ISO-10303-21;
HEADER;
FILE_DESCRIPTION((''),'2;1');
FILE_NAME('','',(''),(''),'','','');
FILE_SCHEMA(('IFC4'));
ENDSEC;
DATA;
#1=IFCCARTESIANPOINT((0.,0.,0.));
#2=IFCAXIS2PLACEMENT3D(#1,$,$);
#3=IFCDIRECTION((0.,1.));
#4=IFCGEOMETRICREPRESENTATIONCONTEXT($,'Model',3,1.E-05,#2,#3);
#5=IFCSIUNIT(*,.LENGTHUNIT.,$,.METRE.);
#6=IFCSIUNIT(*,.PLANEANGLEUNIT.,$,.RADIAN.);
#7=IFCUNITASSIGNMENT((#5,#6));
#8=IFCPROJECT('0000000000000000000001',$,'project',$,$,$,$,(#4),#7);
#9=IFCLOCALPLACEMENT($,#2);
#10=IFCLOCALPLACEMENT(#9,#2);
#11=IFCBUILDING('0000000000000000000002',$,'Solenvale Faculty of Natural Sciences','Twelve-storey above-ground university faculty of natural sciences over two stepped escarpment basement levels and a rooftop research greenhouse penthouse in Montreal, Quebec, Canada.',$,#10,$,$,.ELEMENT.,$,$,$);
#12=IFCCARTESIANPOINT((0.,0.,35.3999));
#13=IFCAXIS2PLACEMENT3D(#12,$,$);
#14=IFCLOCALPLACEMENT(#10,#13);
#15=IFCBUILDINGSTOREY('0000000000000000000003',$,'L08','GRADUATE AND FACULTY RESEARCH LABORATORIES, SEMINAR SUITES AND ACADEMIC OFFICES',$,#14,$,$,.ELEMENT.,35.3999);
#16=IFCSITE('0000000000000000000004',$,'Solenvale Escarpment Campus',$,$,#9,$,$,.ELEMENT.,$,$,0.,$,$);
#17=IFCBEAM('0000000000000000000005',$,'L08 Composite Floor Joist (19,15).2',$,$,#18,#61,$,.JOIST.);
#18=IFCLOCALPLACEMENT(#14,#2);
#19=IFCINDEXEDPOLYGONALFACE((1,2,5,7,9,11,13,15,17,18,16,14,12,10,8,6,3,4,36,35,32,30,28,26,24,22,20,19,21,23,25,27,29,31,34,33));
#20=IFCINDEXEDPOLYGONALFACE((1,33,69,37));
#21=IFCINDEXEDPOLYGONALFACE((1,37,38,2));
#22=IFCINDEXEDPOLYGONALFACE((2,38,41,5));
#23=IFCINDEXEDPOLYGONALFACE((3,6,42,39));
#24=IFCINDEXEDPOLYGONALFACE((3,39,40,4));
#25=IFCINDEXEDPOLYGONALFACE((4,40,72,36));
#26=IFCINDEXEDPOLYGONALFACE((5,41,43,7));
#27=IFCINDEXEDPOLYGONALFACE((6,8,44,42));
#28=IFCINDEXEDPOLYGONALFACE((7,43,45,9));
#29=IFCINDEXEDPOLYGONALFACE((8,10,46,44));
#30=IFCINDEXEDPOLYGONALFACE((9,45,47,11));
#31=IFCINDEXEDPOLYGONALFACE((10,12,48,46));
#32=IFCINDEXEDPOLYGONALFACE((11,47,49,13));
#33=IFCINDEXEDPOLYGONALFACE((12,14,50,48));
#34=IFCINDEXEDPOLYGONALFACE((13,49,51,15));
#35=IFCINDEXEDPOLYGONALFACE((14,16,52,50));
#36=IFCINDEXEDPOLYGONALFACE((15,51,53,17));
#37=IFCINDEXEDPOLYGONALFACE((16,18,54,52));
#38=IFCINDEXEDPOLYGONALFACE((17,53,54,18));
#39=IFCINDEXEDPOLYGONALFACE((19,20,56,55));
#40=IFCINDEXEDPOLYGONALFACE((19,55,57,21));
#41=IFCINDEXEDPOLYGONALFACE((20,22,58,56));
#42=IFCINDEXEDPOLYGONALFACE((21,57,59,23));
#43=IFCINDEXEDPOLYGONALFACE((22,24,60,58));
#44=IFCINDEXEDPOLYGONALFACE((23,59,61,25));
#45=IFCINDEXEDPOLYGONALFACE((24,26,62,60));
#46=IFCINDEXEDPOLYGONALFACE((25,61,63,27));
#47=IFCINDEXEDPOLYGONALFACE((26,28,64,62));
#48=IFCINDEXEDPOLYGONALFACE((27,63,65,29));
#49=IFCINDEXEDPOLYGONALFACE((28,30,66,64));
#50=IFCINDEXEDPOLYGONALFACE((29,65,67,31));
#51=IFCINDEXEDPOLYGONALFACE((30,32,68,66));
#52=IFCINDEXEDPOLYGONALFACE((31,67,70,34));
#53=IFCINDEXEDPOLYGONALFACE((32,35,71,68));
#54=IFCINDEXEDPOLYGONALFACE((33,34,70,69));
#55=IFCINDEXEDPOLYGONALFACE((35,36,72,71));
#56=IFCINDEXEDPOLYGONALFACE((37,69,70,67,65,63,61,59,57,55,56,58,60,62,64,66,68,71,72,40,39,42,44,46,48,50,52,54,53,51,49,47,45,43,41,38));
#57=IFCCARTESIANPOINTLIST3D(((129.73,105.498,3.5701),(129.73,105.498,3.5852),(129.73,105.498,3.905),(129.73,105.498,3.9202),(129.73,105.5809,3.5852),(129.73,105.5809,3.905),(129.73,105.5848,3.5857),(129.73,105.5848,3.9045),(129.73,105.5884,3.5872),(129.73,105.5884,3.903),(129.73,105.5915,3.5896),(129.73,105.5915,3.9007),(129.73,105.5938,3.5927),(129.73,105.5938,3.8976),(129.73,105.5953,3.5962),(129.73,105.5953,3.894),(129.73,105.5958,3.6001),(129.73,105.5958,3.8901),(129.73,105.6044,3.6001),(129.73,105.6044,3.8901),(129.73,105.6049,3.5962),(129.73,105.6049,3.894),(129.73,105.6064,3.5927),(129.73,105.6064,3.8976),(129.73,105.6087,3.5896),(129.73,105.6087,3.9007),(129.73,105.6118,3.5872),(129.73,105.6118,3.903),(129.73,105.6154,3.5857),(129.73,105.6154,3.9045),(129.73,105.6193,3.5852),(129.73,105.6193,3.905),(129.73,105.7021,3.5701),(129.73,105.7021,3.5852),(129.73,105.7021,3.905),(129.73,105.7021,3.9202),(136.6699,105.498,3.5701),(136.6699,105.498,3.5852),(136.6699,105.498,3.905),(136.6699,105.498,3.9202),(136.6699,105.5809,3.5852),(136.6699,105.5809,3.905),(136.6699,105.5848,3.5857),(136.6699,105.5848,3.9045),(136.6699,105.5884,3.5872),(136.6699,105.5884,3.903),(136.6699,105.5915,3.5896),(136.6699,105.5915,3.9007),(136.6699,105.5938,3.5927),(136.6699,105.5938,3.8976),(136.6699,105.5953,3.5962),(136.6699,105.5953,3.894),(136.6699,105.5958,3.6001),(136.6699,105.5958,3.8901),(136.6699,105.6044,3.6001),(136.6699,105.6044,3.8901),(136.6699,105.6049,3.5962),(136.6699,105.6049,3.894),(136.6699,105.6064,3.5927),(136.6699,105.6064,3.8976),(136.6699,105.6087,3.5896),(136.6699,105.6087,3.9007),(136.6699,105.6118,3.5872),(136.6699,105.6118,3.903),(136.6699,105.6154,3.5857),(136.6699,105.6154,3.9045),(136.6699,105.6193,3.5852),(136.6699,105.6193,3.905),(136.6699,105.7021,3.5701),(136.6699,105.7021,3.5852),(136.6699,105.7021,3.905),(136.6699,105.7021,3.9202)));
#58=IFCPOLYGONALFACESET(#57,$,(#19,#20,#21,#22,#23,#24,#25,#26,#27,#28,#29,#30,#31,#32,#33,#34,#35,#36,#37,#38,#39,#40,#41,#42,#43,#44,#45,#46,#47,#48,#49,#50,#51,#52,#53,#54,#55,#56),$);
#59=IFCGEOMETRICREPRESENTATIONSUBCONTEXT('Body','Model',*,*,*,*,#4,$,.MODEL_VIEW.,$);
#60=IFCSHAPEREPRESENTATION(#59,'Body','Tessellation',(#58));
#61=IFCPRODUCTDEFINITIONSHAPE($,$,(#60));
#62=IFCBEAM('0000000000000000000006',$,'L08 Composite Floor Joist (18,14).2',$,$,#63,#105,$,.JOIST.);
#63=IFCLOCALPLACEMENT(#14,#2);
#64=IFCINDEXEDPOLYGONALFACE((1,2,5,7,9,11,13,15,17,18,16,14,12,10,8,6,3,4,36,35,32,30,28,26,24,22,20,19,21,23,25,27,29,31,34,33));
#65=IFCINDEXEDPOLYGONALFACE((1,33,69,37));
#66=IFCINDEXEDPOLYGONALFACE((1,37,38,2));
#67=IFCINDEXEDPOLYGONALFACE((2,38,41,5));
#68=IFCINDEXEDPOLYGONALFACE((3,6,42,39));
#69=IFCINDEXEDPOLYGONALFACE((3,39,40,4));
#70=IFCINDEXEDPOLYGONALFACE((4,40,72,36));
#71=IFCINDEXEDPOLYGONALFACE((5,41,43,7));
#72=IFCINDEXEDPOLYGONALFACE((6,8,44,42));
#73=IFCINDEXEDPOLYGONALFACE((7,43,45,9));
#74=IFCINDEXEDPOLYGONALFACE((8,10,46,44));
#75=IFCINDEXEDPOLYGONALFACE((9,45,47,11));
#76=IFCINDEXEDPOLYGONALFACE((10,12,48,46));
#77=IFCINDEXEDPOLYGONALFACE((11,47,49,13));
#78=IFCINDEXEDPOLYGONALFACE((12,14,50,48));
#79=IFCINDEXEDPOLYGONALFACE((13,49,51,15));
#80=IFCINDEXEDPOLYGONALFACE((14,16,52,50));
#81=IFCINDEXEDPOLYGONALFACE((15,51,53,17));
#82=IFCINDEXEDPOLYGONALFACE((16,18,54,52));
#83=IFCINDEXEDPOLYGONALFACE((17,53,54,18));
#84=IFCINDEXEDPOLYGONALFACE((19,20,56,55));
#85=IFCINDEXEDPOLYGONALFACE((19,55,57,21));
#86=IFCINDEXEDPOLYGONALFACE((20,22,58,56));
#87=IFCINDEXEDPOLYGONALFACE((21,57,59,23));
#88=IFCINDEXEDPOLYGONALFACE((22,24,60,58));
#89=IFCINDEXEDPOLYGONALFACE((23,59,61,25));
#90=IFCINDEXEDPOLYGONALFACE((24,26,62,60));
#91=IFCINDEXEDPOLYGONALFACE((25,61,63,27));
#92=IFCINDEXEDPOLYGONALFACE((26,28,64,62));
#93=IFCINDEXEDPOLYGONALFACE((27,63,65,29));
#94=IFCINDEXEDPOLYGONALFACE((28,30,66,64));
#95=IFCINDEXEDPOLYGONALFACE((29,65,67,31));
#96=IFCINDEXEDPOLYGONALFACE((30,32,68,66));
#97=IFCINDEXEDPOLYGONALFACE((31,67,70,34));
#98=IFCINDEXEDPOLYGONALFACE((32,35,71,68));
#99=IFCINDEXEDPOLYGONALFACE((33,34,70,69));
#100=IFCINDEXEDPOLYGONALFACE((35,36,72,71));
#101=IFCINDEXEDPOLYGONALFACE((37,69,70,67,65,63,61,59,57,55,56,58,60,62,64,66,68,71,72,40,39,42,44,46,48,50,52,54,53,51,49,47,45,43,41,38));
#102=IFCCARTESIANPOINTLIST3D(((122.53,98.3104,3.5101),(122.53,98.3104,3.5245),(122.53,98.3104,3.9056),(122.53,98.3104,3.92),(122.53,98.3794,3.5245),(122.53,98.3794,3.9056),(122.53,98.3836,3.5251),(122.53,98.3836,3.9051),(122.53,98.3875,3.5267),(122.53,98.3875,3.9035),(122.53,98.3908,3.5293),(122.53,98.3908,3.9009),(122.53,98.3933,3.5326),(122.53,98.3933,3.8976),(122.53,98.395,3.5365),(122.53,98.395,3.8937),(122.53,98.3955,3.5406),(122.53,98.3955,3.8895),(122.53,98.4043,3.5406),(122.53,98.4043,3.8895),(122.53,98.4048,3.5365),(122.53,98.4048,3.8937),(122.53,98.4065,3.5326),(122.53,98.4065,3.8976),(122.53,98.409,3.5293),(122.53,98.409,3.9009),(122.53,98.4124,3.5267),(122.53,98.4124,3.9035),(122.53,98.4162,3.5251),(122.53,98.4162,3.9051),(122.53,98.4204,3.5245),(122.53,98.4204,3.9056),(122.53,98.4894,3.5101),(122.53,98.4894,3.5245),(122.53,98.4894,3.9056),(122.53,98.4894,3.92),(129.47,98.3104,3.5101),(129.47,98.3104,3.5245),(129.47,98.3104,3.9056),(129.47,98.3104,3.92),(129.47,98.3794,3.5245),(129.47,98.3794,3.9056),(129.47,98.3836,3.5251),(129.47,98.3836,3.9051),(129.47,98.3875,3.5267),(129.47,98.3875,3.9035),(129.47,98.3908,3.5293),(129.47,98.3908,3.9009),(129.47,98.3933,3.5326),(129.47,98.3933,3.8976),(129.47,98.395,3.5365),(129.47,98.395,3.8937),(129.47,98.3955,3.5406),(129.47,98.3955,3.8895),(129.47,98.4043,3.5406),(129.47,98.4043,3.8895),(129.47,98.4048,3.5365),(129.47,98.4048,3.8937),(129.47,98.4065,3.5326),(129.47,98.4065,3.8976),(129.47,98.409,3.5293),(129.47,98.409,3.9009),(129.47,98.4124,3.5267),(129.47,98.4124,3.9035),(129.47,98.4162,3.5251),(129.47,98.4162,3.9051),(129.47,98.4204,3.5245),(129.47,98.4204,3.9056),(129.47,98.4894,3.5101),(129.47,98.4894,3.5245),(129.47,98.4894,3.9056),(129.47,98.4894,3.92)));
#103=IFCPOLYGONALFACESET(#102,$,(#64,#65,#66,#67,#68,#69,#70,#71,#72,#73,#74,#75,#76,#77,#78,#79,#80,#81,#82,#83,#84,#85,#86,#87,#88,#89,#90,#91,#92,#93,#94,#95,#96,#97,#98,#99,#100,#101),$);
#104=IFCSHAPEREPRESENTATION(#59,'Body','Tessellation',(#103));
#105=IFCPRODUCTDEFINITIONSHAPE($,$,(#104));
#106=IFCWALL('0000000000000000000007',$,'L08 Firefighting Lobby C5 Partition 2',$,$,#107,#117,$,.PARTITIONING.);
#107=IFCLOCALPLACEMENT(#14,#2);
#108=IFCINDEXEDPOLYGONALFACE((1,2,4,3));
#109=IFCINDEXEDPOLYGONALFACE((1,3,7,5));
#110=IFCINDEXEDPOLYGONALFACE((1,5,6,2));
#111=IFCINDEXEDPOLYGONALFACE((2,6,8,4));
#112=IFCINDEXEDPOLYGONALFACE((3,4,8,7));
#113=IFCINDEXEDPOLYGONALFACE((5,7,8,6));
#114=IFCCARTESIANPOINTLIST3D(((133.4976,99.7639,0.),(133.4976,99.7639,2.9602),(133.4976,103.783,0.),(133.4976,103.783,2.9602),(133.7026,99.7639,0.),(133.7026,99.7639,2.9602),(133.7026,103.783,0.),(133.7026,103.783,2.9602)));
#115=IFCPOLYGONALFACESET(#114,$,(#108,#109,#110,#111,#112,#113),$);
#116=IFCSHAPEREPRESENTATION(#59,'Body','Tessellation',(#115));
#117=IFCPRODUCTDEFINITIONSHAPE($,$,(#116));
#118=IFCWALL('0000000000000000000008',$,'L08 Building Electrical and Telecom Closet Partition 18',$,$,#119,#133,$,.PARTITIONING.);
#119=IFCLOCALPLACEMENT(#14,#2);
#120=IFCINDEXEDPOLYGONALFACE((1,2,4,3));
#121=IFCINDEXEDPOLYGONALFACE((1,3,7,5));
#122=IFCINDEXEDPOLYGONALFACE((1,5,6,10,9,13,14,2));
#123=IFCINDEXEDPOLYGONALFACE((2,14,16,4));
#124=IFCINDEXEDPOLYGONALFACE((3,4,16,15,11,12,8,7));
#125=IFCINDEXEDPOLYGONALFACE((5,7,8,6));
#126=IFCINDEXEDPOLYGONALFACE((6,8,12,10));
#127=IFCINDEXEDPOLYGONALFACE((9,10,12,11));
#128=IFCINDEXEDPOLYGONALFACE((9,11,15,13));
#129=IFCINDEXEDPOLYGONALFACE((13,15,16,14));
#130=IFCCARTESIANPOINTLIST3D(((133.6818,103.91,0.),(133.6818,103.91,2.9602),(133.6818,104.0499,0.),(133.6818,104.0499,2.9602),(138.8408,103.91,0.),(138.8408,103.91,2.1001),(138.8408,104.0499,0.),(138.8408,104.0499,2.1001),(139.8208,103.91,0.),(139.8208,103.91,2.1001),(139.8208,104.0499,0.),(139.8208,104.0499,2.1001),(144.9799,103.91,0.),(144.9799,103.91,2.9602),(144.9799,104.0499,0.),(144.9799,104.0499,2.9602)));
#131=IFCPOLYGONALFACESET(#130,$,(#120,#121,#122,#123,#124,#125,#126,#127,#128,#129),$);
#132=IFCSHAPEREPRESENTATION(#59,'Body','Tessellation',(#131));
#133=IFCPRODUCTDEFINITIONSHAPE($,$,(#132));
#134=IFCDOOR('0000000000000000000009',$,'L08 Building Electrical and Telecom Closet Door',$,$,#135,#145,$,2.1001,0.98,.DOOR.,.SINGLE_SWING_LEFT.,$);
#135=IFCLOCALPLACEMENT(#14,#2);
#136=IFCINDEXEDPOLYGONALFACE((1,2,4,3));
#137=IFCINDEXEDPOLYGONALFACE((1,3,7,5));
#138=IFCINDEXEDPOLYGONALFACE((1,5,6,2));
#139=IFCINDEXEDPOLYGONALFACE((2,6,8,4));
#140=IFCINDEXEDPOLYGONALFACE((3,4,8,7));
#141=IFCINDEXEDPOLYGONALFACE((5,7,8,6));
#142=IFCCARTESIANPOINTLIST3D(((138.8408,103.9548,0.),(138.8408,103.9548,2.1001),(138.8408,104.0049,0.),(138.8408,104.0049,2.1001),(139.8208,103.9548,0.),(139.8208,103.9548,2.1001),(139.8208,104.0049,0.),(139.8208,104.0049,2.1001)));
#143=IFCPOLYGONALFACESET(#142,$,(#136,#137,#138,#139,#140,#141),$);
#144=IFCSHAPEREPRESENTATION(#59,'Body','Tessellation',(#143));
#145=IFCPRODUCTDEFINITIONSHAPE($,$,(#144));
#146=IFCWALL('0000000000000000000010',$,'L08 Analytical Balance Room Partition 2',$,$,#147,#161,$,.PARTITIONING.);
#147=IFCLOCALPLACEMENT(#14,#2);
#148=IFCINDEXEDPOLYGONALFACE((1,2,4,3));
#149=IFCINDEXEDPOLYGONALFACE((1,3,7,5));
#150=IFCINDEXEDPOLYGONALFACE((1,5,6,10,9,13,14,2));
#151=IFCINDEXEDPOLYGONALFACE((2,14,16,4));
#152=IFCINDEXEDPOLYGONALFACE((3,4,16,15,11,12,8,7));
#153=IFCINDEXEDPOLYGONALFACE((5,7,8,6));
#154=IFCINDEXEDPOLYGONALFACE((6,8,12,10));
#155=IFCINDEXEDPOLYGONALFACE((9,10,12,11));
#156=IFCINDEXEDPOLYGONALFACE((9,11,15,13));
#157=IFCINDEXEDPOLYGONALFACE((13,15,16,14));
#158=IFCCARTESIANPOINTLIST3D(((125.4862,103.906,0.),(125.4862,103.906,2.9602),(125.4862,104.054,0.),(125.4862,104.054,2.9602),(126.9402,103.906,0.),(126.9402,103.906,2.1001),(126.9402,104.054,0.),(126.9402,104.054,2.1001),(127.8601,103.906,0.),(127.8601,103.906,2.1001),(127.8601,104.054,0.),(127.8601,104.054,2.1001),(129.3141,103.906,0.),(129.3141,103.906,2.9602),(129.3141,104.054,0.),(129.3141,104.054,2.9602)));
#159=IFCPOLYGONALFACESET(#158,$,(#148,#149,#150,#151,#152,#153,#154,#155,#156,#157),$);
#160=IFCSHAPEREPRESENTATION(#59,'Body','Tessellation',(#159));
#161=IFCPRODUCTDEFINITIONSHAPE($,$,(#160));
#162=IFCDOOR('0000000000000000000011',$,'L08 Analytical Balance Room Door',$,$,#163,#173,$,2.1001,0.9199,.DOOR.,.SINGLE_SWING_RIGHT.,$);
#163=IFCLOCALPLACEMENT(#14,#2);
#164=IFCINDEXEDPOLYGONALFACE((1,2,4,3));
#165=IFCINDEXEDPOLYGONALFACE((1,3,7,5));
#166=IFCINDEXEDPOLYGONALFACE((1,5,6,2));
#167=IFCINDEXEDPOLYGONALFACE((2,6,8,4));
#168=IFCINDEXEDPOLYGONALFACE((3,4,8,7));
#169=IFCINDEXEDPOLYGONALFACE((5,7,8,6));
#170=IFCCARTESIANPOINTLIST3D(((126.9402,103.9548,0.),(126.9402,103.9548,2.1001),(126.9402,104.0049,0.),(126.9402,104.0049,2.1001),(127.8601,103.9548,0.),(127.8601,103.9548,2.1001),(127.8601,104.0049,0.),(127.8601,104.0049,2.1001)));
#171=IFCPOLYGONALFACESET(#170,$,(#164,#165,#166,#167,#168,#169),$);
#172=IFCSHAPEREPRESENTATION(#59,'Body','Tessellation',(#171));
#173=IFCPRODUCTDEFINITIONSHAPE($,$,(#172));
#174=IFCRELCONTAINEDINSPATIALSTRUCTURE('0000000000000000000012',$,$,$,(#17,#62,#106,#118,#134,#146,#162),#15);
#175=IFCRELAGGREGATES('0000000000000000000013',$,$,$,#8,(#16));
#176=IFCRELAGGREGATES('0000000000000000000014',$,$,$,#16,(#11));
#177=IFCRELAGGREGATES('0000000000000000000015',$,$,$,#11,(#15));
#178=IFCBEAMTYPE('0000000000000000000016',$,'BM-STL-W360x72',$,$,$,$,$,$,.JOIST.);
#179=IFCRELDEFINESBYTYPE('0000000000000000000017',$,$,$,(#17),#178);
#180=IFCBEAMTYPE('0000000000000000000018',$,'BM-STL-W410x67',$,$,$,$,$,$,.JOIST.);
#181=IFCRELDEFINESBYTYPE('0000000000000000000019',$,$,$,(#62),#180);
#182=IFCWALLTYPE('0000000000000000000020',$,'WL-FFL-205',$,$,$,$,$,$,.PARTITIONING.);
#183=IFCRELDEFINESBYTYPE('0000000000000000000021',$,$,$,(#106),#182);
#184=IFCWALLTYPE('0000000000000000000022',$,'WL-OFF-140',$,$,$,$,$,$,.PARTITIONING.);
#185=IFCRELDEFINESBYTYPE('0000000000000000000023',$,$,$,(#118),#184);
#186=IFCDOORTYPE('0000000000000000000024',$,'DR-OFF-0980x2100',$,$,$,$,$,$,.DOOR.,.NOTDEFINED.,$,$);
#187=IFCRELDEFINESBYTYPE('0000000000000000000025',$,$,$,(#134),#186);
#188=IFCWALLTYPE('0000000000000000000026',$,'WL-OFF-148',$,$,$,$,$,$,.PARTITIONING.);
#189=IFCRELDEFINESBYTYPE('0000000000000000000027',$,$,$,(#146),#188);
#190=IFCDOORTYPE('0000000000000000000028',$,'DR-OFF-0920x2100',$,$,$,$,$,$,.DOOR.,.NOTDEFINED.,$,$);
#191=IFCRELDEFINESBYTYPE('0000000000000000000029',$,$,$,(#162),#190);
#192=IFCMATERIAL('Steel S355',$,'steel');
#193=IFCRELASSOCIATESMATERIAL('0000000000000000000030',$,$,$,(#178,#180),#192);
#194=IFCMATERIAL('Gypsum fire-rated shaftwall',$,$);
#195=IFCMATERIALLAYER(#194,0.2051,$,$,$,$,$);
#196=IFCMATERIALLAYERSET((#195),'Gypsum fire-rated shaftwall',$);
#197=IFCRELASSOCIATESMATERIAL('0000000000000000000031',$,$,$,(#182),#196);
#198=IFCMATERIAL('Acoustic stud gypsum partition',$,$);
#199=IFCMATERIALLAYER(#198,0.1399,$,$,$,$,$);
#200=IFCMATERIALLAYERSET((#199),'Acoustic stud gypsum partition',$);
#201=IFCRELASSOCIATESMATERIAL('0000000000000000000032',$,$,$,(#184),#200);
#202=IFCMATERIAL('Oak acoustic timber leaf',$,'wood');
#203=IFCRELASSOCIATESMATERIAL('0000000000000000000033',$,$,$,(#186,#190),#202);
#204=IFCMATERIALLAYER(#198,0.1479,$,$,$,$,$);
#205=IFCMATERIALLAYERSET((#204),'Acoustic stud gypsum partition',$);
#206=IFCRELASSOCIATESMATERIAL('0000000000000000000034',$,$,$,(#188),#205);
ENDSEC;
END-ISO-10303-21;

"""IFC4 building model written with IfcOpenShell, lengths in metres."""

from ifc_helpers import new_model, si_unit, direction, frame, frame_2d, origin, origin_2d, place, context, subcontext, project, spatial, rectangle, i_section, extrude, material, layer, layer_set, material_profile, profile_set, type_object, element, fill, save


model = new_model("IFC4")

# Units and contexts
model_context = context("Model", 3, precision=1e-05, world=origin(), true_north=direction((0.0, 1.0)))
body_context = subcontext(model_context, "Body", "Model", "MODEL_VIEW")
ifc_project = project(units=[si_unit("LENGTHUNIT", "METRE"), si_unit("PLANEANGLEUNIT", "RADIAN")], contexts=[model_context])

# Site, building, storey
site_placement = place(None, origin())
site = spatial("IfcSite", under=ifc_project, at=site_placement, Name="Solenvale Escarpment Campus", CompositionType="ELEMENT", RefElevation=0.0)
building_placement = place(site_placement, origin())
building = spatial("IfcBuilding", under=site, at=building_placement, Name="Solenvale Faculty of Natural Sciences", Description="Twelve-storey above-ground university faculty of natural sciences over two stepped escarpment basement levels and a rooftop research greenhouse penthouse in Montreal, Quebec, Canada.", CompositionType="ELEMENT")
storey_placement = place(building_placement, frame((0.0, 0.0, 35.3999)))
storey = spatial("IfcBuildingStorey", under=building, at=storey_placement, Name="L08", Description="GRADUATE AND FACULTY RESEARCH LABORATORIES, SEMINAR SUITES AND ACADEMIC OFFICES", CompositionType="ELEMENT", Elevation=35.3999)

# Beams
ifc_material_1 = material(Name="Steel S355", Category="steel")
ifc_material_profile_1 = material_profile(ifc_material_1, i_section(OverallWidth=0.2041, OverallDepth=0.3501, WebThickness=0.0085, FlangeThickness=0.0151, FilletRadius=0.0149, at=origin_2d()), Name="W360x72")
ifc_profile_set_1 = profile_set([ifc_material_profile_1], Name="Steel S355")
beam_type_1 = type_object("IfcBeamType", Name="BM-STL-W360x72", PredefinedType="JOIST", material=ifc_profile_set_1)
for number, where, z_axis, x_axis, name in (
    (1, (129.73, 105.6001, 3.7451), (1.0, 0.0, 0.0), (0.0, 1.0, 0.0), "L08 Composite Floor Joist (19,15).2"),
):
    element("IfcBeam", number, at=place(storey_placement, frame(where, z_axis=z_axis, x_axis=x_axis)), inside=storey, type_object=beam_type_1, Name=name, PredefinedType="JOIST", context=body_context, shape_type="SweptSolid", body=[
        extrude(i_section(OverallWidth=0.2041, OverallDepth=0.3501, WebThickness=0.0085, FlangeThickness=0.0151, FilletRadius=0.0149, at=origin_2d()), origin(), (0.0, 0.0, 1.0), 6.9399),
    ])
ifc_material_profile_2 = material_profile(ifc_material_1, i_section(OverallWidth=0.179, OverallDepth=0.4099, WebThickness=0.0088, FlangeThickness=0.0144, FilletRadius=0.0161, at=origin_2d()), Name="W410x67")
ifc_profile_set_2 = profile_set([ifc_material_profile_2], Name="Steel S355")
beam_type_2 = type_object("IfcBeamType", Name="BM-STL-W410x67", PredefinedType="JOIST", material=ifc_profile_set_2)
beam_1_placement = place(storey_placement, frame((122.53, 98.3999, 3.7151), z_axis=(1.0, 0.0, 0.0), x_axis=(0.0, 1.0, 0.0)))
element("IfcBeam", 2, at=beam_1_placement, inside=storey, type_object=beam_type_2, Name="L08 Composite Floor Joist (18,14).2", PredefinedType="JOIST", context=body_context, shape_type="SweptSolid", body=[
    extrude(i_section(OverallWidth=0.179, OverallDepth=0.4099, WebThickness=0.0088, FlangeThickness=0.0144, FilletRadius=0.0161, at=origin_2d()), origin(), (0.0, 0.0, 1.0), 6.9399),
])

# Shared definitions
ifc_material_2 = material(Name="Gypsum fire-rated shaftwall")
ifc_layer_1 = layer(ifc_material_2, 0.2051)
ifc_layer_set_1 = layer_set([ifc_layer_1], Name="Gypsum fire-rated shaftwall")
wall_type_1 = type_object("IfcWallType", Name="WL-FFL-205", PredefinedType="PARTITIONING", material=ifc_layer_set_1)

# Wall
wall_1_placement = place(storey_placement, frame((133.6001, 103.783, 0.0), z_axis=(0.0, 0.0, 1.0), x_axis=(0.0, -1.0, 0.0)))
element("IfcWall", 3, at=wall_1_placement, inside=storey, type_object=wall_type_1, Name="L08 Firefighting Lobby C5 Partition 2", PredefinedType="PARTITIONING", context=body_context, shape_type="SweptSolid", body=[
    extrude(rectangle(XDim=4.019, YDim=0.2051, at=frame_2d((2.0095, 0.0))), origin(), (0.0, 0.0, 1.0), 2.9602),
])

# Walls, openings, doors
ifc_material_3 = material(Name="Acoustic stud gypsum partition")
ifc_layer_2 = layer(ifc_material_3, 0.1399)
ifc_layer_set_2 = layer_set([ifc_layer_2], Name="Acoustic stud gypsum partition")
wall_type_2 = type_object("IfcWallType", Name="WL-OFF-140", PredefinedType="PARTITIONING", material=ifc_layer_set_2)
wall_2_placement = place(storey_placement, frame((133.6819, 103.98, 0.0), z_axis=(0.0, 0.0, 1.0), x_axis=(1.0, 0.0, 0.0)))
wall_2 = element("IfcWall", 4, at=wall_2_placement, inside=storey, type_object=wall_type_2, Name="L08 Building Electrical and Telecom Closet Partition 18", PredefinedType="PARTITIONING", context=body_context, shape_type="SweptSolid", body=[
    extrude(rectangle(XDim=11.2981, YDim=0.1399, at=frame_2d((5.6489, 0.0))), origin(), (0.0, 0.0, 1.0), 2.9602),
])
opening_1_placement = place(wall_2_placement, frame((5.1589, 0.0, 0.0)))
opening_1 = element("IfcOpeningElement", 5, at=opening_1_placement, cuts=wall_2, PredefinedType="OPENING", context=body_context, shape_type="SweptSolid", body=[
    extrude(rectangle(XDim=0.98, YDim=2.1001, at=frame_2d((0.49, 1.05))), frame((0.0, 0.0798, 0.0), z_axis=(0.0, -1.0, 0.0), x_axis=(1.0, 0.0, 0.0)), (0.0, 0.0, 1.0), 0.1599),
])
ifc_material_4 = material(Name="Oak acoustic timber leaf", Category="wood")
door_type_1 = type_object("IfcDoorType", Name="DR-OFF-0980x2100", OperationType="NOTDEFINED", PredefinedType="DOOR", material=ifc_material_4)
door_1_placement = place(opening_1_placement, origin())
door_1 = element("IfcDoor", 6, at=door_1_placement, inside=storey, type_object=door_type_1, Name="L08 Building Electrical and Telecom Closet Door", OperationType="SINGLE_SWING_LEFT", OverallHeight=2.1001, OverallWidth=0.98, PredefinedType="DOOR", context=body_context, shape_type="SweptSolid", body=[
    extrude(rectangle(XDim=0.98, YDim=2.1001, at=frame_2d((0.49, 1.05))), frame((0.0, 0.0249, 0.0), z_axis=(0.0, -1.0, 0.0), x_axis=(1.0, 0.0, 0.0)), (0.0, 0.0, 1.0), 0.05),
])
fill(opening_1, door_1)
ifc_layer_3 = layer(ifc_material_3, 0.1479)
ifc_layer_set_3 = layer_set([ifc_layer_3], Name="Acoustic stud gypsum partition")
wall_type_3 = type_object("IfcWallType", Name="WL-OFF-148", PredefinedType="PARTITIONING", material=ifc_layer_set_3)
wall_3_placement = place(storey_placement, frame((125.4861, 103.98, 0.0), z_axis=(0.0, 0.0, 1.0), x_axis=(1.0, 0.0, 0.0)))
wall_3 = element("IfcWall", 7, at=wall_3_placement, inside=storey, type_object=wall_type_3, Name="L08 Analytical Balance Room Partition 2", PredefinedType="PARTITIONING", context=body_context, shape_type="SweptSolid", body=[
    extrude(rectangle(XDim=3.8279, YDim=0.1479, at=frame_2d((1.9141, 0.0))), origin(), (0.0, 0.0, 1.0), 2.9602),
])
opening_2_placement = place(wall_3_placement, frame((1.4541, 0.0, 0.0)))
opening_2 = element("IfcOpeningElement", 8, at=opening_2_placement, cuts=wall_3, PredefinedType="OPENING", context=body_context, shape_type="SweptSolid", body=[
    extrude(rectangle(XDim=0.9199, YDim=2.1001, at=frame_2d((0.46, 1.05))), frame((0.0, 0.084, 0.0), z_axis=(0.0, -1.0, 0.0), x_axis=(1.0, 0.0, 0.0)), (0.0, 0.0, 1.0), 0.168),
])
door_type_2 = type_object("IfcDoorType", Name="DR-OFF-0920x2100", OperationType="NOTDEFINED", PredefinedType="DOOR", material=ifc_material_4)
door_2_placement = place(opening_2_placement, origin())
door_2 = element("IfcDoor", 9, at=door_2_placement, inside=storey, type_object=door_type_2, Name="L08 Analytical Balance Room Door", OperationType="SINGLE_SWING_RIGHT", OverallHeight=2.1001, OverallWidth=0.9199, PredefinedType="DOOR", context=body_context, shape_type="SweptSolid", body=[
    extrude(rectangle(XDim=0.9199, YDim=2.1001, at=frame_2d((0.46, 1.05))), frame((0.0, 0.0249, 0.0), z_axis=(0.0, -1.0, 0.0), x_axis=(1.0, 0.0, 0.0)), (0.0, 0.0, 1.0), 0.05),
])
fill(opening_2, door_2)

save(model, "model.ifc")
